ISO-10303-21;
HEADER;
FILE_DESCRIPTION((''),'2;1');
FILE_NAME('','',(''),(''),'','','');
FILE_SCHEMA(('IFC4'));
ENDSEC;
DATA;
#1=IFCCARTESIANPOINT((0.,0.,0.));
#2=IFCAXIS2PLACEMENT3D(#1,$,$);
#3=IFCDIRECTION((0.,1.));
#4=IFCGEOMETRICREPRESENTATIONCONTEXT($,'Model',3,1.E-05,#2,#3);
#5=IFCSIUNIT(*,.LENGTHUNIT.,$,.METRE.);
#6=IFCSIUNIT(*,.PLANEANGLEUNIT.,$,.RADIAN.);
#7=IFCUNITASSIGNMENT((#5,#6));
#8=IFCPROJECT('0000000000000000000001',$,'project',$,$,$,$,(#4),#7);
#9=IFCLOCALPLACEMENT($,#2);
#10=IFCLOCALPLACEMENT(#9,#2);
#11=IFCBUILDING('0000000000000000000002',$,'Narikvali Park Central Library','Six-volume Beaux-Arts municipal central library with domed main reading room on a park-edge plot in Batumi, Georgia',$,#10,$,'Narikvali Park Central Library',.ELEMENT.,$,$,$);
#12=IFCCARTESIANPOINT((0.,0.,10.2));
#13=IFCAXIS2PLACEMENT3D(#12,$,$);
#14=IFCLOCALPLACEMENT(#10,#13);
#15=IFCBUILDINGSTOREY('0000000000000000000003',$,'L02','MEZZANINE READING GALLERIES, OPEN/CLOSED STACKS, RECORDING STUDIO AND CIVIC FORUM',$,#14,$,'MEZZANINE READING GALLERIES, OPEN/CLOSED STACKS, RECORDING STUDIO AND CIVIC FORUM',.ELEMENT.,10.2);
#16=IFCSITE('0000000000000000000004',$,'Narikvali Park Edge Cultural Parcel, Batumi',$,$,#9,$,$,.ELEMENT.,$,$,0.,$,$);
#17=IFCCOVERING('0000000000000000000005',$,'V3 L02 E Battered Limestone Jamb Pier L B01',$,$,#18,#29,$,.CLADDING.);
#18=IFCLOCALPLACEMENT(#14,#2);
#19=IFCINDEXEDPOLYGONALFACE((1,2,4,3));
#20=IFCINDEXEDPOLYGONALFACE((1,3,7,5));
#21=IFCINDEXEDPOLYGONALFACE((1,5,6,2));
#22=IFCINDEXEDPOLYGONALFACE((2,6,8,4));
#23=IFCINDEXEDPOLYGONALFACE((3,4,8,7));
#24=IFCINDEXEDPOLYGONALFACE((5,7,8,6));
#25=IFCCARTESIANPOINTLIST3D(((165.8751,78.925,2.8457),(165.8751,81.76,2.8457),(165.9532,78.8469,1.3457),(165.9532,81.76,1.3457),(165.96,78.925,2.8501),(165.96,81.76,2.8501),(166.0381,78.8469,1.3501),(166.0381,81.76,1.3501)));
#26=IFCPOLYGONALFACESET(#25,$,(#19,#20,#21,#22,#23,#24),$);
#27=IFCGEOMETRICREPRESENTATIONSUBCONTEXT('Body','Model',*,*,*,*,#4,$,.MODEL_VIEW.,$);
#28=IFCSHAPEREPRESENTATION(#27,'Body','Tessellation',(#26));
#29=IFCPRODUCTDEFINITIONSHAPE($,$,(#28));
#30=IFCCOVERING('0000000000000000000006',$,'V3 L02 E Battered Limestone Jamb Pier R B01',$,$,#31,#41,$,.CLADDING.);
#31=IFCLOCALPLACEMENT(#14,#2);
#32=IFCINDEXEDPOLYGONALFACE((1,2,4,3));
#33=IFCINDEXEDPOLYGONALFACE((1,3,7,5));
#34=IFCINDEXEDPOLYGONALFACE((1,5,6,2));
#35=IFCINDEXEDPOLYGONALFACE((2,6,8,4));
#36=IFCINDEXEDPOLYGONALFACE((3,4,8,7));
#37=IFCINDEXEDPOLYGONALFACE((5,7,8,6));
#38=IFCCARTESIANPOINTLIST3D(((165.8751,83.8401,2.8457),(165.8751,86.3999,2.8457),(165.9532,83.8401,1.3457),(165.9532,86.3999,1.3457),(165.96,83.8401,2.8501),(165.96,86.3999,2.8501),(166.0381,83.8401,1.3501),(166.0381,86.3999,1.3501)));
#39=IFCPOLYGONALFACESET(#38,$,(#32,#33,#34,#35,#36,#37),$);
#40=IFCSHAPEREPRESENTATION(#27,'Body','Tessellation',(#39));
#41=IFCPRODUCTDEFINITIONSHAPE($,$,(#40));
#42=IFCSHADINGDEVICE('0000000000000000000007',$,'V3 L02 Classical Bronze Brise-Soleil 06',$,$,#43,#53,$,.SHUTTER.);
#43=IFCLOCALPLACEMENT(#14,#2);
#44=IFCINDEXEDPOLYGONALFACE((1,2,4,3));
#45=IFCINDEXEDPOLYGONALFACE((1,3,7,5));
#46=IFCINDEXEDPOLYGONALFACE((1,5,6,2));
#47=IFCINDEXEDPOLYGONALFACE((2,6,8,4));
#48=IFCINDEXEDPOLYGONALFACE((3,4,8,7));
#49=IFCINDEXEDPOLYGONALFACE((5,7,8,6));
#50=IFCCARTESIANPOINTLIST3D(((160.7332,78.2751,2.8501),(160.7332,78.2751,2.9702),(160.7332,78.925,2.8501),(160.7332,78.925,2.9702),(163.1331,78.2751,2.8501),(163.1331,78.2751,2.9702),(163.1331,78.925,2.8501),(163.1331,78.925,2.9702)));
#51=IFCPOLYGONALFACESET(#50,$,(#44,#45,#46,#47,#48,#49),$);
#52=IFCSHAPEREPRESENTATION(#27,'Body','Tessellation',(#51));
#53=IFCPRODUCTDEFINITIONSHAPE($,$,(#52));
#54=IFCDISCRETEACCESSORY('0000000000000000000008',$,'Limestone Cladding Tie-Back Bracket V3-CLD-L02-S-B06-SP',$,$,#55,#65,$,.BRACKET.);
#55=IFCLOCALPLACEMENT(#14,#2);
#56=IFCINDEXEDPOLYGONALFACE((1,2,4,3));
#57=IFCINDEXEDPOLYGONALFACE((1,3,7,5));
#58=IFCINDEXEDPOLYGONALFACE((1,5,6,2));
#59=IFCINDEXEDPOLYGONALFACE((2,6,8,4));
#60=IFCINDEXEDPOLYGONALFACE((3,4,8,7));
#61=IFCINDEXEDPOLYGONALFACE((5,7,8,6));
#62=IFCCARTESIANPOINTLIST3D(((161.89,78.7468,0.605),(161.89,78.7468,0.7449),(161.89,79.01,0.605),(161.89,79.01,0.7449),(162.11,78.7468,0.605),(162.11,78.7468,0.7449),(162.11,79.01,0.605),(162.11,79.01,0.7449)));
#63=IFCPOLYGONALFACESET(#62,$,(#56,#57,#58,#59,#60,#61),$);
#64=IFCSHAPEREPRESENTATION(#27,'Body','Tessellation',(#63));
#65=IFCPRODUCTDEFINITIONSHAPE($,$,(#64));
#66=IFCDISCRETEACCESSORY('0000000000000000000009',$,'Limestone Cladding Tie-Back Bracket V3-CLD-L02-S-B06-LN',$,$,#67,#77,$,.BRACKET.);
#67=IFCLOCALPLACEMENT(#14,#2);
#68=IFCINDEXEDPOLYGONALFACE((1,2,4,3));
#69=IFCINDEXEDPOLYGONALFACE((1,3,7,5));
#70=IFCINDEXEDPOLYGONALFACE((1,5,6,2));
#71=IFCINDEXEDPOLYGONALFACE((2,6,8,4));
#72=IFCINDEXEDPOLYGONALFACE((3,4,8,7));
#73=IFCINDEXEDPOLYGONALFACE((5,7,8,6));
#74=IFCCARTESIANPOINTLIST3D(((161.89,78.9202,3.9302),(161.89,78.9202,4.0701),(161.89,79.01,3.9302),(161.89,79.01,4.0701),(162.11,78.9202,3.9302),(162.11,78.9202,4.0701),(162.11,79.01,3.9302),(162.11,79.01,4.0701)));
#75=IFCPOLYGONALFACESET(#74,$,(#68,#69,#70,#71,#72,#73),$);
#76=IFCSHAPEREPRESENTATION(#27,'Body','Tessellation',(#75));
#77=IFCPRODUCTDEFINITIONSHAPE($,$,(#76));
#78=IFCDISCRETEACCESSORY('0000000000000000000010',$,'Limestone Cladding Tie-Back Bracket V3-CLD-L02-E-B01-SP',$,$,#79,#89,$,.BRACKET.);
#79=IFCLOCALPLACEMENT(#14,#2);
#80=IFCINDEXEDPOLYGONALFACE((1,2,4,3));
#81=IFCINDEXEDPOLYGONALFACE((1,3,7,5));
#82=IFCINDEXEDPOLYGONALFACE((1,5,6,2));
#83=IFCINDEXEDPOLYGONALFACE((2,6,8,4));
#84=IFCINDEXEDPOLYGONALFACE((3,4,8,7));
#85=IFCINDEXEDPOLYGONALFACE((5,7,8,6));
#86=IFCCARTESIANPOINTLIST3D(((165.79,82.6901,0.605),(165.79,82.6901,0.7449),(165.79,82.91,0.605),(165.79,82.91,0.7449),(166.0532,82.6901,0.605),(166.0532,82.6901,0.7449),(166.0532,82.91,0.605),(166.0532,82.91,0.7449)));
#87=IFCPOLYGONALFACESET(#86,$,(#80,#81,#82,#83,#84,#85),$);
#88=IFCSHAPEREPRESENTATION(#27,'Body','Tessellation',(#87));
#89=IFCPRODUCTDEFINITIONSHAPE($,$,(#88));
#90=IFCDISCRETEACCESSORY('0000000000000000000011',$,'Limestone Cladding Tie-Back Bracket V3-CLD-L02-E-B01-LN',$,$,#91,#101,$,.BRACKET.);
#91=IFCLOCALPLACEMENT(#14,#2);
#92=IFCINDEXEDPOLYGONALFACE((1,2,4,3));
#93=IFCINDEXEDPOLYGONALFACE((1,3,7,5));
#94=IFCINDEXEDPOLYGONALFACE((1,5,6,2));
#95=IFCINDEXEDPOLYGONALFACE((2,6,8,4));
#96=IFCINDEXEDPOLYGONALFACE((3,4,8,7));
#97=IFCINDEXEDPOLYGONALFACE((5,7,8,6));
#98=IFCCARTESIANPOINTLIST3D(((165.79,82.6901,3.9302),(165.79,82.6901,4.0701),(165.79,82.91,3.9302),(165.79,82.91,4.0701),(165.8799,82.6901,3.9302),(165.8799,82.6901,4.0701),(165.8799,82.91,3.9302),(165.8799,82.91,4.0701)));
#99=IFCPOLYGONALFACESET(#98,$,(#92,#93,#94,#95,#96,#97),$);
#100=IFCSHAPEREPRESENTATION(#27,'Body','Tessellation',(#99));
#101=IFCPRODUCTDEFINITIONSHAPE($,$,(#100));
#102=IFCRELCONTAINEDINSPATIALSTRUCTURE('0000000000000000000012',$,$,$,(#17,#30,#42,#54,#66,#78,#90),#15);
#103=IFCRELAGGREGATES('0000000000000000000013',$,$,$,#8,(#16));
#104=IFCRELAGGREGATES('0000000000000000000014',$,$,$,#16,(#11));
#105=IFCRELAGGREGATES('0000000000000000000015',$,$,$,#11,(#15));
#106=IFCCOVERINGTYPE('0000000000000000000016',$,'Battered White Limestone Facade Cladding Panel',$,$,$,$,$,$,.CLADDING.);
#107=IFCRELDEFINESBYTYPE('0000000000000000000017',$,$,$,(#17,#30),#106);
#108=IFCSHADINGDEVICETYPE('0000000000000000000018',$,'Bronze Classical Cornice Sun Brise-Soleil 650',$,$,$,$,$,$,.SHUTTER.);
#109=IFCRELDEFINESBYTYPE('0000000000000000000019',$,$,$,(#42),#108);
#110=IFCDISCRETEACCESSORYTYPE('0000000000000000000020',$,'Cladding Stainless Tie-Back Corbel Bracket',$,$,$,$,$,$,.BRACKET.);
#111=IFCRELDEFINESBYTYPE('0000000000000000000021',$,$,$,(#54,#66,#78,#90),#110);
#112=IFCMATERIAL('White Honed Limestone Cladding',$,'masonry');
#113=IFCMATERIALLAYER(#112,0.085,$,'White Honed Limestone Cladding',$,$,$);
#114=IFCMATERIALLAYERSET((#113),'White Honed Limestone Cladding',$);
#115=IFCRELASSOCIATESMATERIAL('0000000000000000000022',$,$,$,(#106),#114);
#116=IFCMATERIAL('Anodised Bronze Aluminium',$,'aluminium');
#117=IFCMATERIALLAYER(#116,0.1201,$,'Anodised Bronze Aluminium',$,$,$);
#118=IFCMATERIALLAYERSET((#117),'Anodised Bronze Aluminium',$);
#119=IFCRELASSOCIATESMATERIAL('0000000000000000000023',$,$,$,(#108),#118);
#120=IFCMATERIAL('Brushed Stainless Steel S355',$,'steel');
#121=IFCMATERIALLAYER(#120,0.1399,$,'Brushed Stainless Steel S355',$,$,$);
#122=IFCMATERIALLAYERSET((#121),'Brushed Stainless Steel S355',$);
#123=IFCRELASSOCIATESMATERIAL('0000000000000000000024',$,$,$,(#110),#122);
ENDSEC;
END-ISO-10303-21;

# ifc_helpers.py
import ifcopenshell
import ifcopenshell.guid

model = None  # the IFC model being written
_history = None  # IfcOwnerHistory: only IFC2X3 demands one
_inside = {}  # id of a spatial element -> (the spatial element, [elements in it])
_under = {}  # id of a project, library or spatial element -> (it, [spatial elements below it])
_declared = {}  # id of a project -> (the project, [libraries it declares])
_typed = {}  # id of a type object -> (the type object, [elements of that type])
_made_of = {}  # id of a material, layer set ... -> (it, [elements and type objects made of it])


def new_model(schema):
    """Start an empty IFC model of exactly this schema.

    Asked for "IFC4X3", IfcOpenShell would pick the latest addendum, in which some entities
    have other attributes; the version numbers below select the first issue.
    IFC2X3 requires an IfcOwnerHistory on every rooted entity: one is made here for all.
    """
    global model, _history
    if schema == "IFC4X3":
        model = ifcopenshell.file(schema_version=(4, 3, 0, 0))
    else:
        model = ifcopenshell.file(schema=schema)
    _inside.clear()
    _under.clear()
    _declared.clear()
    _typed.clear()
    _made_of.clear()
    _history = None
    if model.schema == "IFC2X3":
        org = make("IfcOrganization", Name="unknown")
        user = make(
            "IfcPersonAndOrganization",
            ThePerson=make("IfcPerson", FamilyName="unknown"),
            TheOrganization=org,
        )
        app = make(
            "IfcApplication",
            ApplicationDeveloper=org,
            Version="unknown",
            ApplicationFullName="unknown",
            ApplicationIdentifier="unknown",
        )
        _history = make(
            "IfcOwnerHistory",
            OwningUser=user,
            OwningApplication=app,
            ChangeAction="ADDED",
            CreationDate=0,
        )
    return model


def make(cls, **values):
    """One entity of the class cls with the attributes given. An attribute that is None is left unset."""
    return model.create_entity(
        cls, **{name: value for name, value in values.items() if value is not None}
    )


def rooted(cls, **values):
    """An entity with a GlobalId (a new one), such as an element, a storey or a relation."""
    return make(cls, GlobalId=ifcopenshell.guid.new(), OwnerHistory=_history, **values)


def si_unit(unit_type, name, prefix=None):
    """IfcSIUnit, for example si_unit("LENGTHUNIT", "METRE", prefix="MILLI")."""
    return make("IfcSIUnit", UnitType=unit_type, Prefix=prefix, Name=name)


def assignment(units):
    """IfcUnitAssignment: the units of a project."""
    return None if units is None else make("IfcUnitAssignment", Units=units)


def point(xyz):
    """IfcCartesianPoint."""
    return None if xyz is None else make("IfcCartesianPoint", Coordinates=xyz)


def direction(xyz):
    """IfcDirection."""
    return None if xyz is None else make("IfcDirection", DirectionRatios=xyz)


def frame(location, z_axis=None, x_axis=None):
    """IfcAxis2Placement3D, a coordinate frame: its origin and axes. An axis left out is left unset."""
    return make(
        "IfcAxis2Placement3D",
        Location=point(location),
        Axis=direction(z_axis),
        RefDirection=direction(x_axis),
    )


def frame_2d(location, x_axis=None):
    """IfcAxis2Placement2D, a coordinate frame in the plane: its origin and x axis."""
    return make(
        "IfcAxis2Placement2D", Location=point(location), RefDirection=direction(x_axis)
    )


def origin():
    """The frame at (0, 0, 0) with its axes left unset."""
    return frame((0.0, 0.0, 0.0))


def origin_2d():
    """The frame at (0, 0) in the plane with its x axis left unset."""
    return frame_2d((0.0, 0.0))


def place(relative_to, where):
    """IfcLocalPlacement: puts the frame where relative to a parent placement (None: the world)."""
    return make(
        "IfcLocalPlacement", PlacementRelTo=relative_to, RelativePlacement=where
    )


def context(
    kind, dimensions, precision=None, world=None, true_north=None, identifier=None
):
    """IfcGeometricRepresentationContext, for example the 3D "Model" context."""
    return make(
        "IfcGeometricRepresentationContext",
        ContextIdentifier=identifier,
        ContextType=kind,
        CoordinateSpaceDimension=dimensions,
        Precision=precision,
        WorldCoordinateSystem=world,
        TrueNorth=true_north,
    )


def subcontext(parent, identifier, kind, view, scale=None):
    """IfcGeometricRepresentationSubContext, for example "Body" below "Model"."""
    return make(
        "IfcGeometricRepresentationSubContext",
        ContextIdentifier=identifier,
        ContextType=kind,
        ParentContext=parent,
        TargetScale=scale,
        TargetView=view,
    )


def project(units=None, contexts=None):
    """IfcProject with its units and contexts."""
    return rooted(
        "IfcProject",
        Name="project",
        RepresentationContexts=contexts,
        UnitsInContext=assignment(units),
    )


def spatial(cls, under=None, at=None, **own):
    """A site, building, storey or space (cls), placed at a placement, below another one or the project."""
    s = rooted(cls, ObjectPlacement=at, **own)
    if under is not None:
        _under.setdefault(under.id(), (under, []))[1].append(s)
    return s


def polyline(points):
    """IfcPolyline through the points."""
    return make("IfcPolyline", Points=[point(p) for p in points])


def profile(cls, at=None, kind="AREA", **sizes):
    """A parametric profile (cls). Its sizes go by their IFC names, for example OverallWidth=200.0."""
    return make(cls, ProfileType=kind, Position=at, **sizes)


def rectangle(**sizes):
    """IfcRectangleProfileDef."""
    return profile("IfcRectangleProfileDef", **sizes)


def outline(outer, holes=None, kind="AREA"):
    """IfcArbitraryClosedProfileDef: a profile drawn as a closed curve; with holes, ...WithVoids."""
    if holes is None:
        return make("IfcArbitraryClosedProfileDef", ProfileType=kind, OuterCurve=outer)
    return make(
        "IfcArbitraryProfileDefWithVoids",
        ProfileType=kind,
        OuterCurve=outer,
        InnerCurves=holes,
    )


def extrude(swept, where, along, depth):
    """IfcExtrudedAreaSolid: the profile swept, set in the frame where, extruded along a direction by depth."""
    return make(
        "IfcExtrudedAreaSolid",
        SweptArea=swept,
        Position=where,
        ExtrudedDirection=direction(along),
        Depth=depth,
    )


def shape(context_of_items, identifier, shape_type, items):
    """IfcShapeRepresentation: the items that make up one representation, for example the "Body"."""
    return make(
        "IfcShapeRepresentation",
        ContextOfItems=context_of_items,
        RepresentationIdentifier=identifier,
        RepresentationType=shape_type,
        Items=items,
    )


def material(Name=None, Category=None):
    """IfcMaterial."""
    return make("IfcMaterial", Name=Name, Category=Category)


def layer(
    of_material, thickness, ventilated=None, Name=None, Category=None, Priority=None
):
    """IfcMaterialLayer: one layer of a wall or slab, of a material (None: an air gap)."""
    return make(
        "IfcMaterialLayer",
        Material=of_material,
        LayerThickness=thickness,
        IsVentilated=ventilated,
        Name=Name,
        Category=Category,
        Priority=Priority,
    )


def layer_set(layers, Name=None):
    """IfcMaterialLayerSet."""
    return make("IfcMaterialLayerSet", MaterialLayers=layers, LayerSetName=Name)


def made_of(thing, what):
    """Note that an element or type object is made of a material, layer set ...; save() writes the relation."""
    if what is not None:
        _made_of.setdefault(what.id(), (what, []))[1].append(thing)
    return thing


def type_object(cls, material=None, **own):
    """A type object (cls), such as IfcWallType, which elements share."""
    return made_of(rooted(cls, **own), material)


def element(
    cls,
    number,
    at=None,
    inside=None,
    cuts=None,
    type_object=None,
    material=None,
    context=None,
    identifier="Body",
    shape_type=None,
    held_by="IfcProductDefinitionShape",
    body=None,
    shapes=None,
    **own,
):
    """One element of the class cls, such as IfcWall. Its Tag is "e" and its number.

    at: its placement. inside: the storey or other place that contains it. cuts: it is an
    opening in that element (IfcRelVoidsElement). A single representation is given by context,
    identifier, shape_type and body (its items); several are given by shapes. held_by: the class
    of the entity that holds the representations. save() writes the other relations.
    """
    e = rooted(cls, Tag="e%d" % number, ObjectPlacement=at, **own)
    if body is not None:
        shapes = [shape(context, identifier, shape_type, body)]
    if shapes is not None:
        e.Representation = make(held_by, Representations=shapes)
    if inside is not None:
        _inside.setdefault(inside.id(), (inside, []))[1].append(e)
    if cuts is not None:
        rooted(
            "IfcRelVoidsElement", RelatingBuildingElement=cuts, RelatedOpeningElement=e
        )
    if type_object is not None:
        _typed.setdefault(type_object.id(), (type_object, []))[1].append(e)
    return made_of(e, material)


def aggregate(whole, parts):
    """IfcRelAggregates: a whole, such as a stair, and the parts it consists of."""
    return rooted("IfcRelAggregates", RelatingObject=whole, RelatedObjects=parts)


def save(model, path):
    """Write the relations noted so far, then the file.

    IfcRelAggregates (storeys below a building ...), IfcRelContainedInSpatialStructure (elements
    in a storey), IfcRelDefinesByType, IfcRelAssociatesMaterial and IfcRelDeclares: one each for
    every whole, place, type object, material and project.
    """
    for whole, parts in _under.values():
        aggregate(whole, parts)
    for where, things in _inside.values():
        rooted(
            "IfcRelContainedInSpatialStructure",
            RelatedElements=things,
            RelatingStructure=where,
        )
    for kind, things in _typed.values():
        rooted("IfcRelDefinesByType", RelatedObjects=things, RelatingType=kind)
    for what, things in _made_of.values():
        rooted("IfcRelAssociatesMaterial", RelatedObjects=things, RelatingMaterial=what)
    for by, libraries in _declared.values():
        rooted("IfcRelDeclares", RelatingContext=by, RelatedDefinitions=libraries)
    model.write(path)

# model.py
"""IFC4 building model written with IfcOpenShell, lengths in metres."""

from ifc_helpers import new_model, si_unit, direction, frame, origin, origin_2d, place, context, subcontext, project, spatial, polyline, rectangle, outline, extrude, material, layer, layer_set, type_object, element, save


model = new_model("IFC4")

# Units and contexts
model_context = context("Model", 3, precision=1e-05, world=origin(), true_north=direction((0.0, 1.0)))
body_context = subcontext(model_context, "Body", "Model", "MODEL_VIEW")
ifc_project = project(units=[si_unit("LENGTHUNIT", "METRE"), si_unit("PLANEANGLEUNIT", "RADIAN")], contexts=[model_context])

# Site, building, storey
site_placement = place(None, origin())
site = spatial("IfcSite", under=ifc_project, at=site_placement, Name="Narikvali Park Edge Cultural Parcel, Batumi", CompositionType="ELEMENT", RefElevation=0.0)
building_placement = place(site_placement, origin())
building = spatial("IfcBuilding", under=site, at=building_placement, Name="Narikvali Park Central Library", Description="Six-volume Beaux-Arts municipal central library with domed main reading room on a park-edge plot in Batumi, Georgia", LongName="Narikvali Park Central Library", CompositionType="ELEMENT")
storey_placement = place(building_placement, frame((0.0, 0.0, 10.2)))
storey = spatial("IfcBuildingStorey", under=building, at=storey_placement, Name="L02", Description="MEZZANINE READING GALLERIES, OPEN/CLOSED STACKS, RECORDING STUDIO AND CIVIC FORUM", LongName="MEZZANINE READING GALLERIES, OPEN/CLOSED STACKS, RECORDING STUDIO AND CIVIC FORUM", CompositionType="ELEMENT", Elevation=10.2)

# Coverings
ifc_material_1 = material(Name="White Honed Limestone Cladding", Category="masonry")
ifc_layer_1 = layer(ifc_material_1, 0.085, Name="White Honed Limestone Cladding")
ifc_layer_set_1 = layer_set([ifc_layer_1], Name="White Honed Limestone Cladding")
covering_type = type_object("IfcCoveringType", Name="Battered White Limestone Facade Cladding Panel", PredefinedType="CLADDING", material=ifc_layer_set_1)
covering_1_placement = place(storey_placement, frame((166.0381, 78.8469, 1.3501), z_axis=(0.998646, 0.0, 0.052013), x_axis=(0.0, 1.0, 0.0)))
element("IfcCovering", 1, at=covering_1_placement, inside=storey, type_object=covering_type, Name="V3 L02 E Battered Limestone Jamb Pier L B01", PredefinedType="CLADDING", context=body_context, shape_type="SweptSolid", body=[
    extrude(outline(polyline([(0.0, 0.0), (2.9131, 0.0), (2.9131, 1.502), (0.0781, 1.502), (0.0, 0.0)])), origin(), (0.0, 0.0, -1.0), 0.085),
])
covering_2_placement = place(storey_placement, frame((166.0381, 83.8401, 1.3501), z_axis=(0.998646, 0.0, 0.052013), x_axis=(0.0, 1.0, 0.0)))
element("IfcCovering", 2, at=covering_2_placement, inside=storey, type_object=covering_type, Name="V3 L02 E Battered Limestone Jamb Pier R B01", PredefinedType="CLADDING", context=body_context, shape_type="SweptSolid", body=[
    extrude(outline(polyline([(0.0, 0.0), (2.5598, 0.0), (2.5598, 1.502), (0.0, 1.502), (0.0, 0.0)])), origin(), (0.0, 0.0, -1.0), 0.085),
])

# Shading device
ifc_material_2 = material(Name="Anodised Bronze Aluminium", Category="aluminium")
ifc_layer_2 = layer(ifc_material_2, 0.1201, Name="Anodised Bronze Aluminium")
ifc_layer_set_2 = layer_set([ifc_layer_2], Name="Anodised Bronze Aluminium")
shading_device_type = type_object("IfcShadingDeviceType", Name="Bronze Classical Cornice Sun Brise-Soleil 650", PredefinedType="SHUTTER", material=ifc_layer_set_2)
shading_device_placement = place(storey_placement, frame((161.9331, 78.6001, 2.8501), z_axis=(0.0, 0.0, 1.0), x_axis=(1.0, 0.0, 0.0)))
element("IfcShadingDevice", 3, at=shading_device_placement, inside=storey, type_object=shading_device_type, Name="V3 L02 Classical Bronze Brise-Soleil 06", PredefinedType="SHUTTER", context=body_context, shape_type="SweptSolid", body=[
    extrude(rectangle(XDim=2.3999, YDim=0.6499, at=origin_2d()), origin(), (0.0, 0.0, 1.0), 0.1201),
])

# Discrete accessories
ifc_material_3 = material(Name="Brushed Stainless Steel S355", Category="steel")
ifc_layer_3 = layer(ifc_material_3, 0.1399, Name="Brushed Stainless Steel S355")
ifc_layer_set_3 = layer_set([ifc_layer_3], Name="Brushed Stainless Steel S355")
discrete_accessory_type = type_object("IfcDiscreteAccessoryType", Name="Cladding Stainless Tie-Back Corbel Bracket", PredefinedType="BRACKET", material=ifc_layer_set_3)
discrete_accessory_1_placement = place(storey_placement, frame((162.0, 78.8784, 0.605), z_axis=(0.0, 0.0, 1.0), x_axis=(1.0, 0.0, 0.0)))
element("IfcDiscreteAccessory", 4, at=discrete_accessory_1_placement, inside=storey, type_object=discrete_accessory_type, Name="Limestone Cladding Tie-Back Bracket V3-CLD-L02-S-B06-SP", PredefinedType="BRACKET", context=body_context, shape_type="SweptSolid", body=[
    extrude(rectangle(XDim=0.22, YDim=0.2632, at=origin_2d()), origin(), (0.0, 0.0, 1.0), 0.1399),
])
discrete_accessory_2_placement = place(storey_placement, frame((162.0, 78.9651, 3.9302), z_axis=(0.0, 0.0, 1.0), x_axis=(1.0, 0.0, 0.0)))
element("IfcDiscreteAccessory", 5, at=discrete_accessory_2_placement, inside=storey, type_object=discrete_accessory_type, Name="Limestone Cladding Tie-Back Bracket V3-CLD-L02-S-B06-LN", PredefinedType="BRACKET", context=body_context, shape_type="SweptSolid", body=[
    extrude(rectangle(XDim=0.22, YDim=0.0898, at=origin_2d()), origin(), (0.0, 0.0, 1.0), 0.1399),
])
discrete_accessory_3_placement = place(storey_placement, frame((165.9216, 82.8, 0.605), z_axis=(0.0, 0.0, 1.0), x_axis=(1.0, 0.0, 0.0)))
element("IfcDiscreteAccessory", 6, at=discrete_accessory_3_placement, inside=storey, type_object=discrete_accessory_type, Name="Limestone Cladding Tie-Back Bracket V3-CLD-L02-E-B01-SP", PredefinedType="BRACKET", context=body_context, shape_type="SweptSolid", body=[
    extrude(rectangle(XDim=0.2632, YDim=0.22, at=origin_2d()), origin(), (0.0, 0.0, 1.0), 0.1399),
])
discrete_accessory_4_placement = place(storey_placement, frame((165.835, 82.8, 3.9302), z_axis=(0.0, 0.0, 1.0), x_axis=(1.0, 0.0, 0.0)))
element("IfcDiscreteAccessory", 7, at=discrete_accessory_4_placement, inside=storey, type_object=discrete_accessory_type, Name="Limestone Cladding Tie-Back Bracket V3-CLD-L02-E-B01-LN", PredefinedType="BRACKET", context=body_context, shape_type="SweptSolid", body=[
    extrude(rectangle(XDim=0.0898, YDim=0.22, at=origin_2d()), origin(), (0.0, 0.0, 1.0), 0.1399),
])

save(model, "model.ifc")
